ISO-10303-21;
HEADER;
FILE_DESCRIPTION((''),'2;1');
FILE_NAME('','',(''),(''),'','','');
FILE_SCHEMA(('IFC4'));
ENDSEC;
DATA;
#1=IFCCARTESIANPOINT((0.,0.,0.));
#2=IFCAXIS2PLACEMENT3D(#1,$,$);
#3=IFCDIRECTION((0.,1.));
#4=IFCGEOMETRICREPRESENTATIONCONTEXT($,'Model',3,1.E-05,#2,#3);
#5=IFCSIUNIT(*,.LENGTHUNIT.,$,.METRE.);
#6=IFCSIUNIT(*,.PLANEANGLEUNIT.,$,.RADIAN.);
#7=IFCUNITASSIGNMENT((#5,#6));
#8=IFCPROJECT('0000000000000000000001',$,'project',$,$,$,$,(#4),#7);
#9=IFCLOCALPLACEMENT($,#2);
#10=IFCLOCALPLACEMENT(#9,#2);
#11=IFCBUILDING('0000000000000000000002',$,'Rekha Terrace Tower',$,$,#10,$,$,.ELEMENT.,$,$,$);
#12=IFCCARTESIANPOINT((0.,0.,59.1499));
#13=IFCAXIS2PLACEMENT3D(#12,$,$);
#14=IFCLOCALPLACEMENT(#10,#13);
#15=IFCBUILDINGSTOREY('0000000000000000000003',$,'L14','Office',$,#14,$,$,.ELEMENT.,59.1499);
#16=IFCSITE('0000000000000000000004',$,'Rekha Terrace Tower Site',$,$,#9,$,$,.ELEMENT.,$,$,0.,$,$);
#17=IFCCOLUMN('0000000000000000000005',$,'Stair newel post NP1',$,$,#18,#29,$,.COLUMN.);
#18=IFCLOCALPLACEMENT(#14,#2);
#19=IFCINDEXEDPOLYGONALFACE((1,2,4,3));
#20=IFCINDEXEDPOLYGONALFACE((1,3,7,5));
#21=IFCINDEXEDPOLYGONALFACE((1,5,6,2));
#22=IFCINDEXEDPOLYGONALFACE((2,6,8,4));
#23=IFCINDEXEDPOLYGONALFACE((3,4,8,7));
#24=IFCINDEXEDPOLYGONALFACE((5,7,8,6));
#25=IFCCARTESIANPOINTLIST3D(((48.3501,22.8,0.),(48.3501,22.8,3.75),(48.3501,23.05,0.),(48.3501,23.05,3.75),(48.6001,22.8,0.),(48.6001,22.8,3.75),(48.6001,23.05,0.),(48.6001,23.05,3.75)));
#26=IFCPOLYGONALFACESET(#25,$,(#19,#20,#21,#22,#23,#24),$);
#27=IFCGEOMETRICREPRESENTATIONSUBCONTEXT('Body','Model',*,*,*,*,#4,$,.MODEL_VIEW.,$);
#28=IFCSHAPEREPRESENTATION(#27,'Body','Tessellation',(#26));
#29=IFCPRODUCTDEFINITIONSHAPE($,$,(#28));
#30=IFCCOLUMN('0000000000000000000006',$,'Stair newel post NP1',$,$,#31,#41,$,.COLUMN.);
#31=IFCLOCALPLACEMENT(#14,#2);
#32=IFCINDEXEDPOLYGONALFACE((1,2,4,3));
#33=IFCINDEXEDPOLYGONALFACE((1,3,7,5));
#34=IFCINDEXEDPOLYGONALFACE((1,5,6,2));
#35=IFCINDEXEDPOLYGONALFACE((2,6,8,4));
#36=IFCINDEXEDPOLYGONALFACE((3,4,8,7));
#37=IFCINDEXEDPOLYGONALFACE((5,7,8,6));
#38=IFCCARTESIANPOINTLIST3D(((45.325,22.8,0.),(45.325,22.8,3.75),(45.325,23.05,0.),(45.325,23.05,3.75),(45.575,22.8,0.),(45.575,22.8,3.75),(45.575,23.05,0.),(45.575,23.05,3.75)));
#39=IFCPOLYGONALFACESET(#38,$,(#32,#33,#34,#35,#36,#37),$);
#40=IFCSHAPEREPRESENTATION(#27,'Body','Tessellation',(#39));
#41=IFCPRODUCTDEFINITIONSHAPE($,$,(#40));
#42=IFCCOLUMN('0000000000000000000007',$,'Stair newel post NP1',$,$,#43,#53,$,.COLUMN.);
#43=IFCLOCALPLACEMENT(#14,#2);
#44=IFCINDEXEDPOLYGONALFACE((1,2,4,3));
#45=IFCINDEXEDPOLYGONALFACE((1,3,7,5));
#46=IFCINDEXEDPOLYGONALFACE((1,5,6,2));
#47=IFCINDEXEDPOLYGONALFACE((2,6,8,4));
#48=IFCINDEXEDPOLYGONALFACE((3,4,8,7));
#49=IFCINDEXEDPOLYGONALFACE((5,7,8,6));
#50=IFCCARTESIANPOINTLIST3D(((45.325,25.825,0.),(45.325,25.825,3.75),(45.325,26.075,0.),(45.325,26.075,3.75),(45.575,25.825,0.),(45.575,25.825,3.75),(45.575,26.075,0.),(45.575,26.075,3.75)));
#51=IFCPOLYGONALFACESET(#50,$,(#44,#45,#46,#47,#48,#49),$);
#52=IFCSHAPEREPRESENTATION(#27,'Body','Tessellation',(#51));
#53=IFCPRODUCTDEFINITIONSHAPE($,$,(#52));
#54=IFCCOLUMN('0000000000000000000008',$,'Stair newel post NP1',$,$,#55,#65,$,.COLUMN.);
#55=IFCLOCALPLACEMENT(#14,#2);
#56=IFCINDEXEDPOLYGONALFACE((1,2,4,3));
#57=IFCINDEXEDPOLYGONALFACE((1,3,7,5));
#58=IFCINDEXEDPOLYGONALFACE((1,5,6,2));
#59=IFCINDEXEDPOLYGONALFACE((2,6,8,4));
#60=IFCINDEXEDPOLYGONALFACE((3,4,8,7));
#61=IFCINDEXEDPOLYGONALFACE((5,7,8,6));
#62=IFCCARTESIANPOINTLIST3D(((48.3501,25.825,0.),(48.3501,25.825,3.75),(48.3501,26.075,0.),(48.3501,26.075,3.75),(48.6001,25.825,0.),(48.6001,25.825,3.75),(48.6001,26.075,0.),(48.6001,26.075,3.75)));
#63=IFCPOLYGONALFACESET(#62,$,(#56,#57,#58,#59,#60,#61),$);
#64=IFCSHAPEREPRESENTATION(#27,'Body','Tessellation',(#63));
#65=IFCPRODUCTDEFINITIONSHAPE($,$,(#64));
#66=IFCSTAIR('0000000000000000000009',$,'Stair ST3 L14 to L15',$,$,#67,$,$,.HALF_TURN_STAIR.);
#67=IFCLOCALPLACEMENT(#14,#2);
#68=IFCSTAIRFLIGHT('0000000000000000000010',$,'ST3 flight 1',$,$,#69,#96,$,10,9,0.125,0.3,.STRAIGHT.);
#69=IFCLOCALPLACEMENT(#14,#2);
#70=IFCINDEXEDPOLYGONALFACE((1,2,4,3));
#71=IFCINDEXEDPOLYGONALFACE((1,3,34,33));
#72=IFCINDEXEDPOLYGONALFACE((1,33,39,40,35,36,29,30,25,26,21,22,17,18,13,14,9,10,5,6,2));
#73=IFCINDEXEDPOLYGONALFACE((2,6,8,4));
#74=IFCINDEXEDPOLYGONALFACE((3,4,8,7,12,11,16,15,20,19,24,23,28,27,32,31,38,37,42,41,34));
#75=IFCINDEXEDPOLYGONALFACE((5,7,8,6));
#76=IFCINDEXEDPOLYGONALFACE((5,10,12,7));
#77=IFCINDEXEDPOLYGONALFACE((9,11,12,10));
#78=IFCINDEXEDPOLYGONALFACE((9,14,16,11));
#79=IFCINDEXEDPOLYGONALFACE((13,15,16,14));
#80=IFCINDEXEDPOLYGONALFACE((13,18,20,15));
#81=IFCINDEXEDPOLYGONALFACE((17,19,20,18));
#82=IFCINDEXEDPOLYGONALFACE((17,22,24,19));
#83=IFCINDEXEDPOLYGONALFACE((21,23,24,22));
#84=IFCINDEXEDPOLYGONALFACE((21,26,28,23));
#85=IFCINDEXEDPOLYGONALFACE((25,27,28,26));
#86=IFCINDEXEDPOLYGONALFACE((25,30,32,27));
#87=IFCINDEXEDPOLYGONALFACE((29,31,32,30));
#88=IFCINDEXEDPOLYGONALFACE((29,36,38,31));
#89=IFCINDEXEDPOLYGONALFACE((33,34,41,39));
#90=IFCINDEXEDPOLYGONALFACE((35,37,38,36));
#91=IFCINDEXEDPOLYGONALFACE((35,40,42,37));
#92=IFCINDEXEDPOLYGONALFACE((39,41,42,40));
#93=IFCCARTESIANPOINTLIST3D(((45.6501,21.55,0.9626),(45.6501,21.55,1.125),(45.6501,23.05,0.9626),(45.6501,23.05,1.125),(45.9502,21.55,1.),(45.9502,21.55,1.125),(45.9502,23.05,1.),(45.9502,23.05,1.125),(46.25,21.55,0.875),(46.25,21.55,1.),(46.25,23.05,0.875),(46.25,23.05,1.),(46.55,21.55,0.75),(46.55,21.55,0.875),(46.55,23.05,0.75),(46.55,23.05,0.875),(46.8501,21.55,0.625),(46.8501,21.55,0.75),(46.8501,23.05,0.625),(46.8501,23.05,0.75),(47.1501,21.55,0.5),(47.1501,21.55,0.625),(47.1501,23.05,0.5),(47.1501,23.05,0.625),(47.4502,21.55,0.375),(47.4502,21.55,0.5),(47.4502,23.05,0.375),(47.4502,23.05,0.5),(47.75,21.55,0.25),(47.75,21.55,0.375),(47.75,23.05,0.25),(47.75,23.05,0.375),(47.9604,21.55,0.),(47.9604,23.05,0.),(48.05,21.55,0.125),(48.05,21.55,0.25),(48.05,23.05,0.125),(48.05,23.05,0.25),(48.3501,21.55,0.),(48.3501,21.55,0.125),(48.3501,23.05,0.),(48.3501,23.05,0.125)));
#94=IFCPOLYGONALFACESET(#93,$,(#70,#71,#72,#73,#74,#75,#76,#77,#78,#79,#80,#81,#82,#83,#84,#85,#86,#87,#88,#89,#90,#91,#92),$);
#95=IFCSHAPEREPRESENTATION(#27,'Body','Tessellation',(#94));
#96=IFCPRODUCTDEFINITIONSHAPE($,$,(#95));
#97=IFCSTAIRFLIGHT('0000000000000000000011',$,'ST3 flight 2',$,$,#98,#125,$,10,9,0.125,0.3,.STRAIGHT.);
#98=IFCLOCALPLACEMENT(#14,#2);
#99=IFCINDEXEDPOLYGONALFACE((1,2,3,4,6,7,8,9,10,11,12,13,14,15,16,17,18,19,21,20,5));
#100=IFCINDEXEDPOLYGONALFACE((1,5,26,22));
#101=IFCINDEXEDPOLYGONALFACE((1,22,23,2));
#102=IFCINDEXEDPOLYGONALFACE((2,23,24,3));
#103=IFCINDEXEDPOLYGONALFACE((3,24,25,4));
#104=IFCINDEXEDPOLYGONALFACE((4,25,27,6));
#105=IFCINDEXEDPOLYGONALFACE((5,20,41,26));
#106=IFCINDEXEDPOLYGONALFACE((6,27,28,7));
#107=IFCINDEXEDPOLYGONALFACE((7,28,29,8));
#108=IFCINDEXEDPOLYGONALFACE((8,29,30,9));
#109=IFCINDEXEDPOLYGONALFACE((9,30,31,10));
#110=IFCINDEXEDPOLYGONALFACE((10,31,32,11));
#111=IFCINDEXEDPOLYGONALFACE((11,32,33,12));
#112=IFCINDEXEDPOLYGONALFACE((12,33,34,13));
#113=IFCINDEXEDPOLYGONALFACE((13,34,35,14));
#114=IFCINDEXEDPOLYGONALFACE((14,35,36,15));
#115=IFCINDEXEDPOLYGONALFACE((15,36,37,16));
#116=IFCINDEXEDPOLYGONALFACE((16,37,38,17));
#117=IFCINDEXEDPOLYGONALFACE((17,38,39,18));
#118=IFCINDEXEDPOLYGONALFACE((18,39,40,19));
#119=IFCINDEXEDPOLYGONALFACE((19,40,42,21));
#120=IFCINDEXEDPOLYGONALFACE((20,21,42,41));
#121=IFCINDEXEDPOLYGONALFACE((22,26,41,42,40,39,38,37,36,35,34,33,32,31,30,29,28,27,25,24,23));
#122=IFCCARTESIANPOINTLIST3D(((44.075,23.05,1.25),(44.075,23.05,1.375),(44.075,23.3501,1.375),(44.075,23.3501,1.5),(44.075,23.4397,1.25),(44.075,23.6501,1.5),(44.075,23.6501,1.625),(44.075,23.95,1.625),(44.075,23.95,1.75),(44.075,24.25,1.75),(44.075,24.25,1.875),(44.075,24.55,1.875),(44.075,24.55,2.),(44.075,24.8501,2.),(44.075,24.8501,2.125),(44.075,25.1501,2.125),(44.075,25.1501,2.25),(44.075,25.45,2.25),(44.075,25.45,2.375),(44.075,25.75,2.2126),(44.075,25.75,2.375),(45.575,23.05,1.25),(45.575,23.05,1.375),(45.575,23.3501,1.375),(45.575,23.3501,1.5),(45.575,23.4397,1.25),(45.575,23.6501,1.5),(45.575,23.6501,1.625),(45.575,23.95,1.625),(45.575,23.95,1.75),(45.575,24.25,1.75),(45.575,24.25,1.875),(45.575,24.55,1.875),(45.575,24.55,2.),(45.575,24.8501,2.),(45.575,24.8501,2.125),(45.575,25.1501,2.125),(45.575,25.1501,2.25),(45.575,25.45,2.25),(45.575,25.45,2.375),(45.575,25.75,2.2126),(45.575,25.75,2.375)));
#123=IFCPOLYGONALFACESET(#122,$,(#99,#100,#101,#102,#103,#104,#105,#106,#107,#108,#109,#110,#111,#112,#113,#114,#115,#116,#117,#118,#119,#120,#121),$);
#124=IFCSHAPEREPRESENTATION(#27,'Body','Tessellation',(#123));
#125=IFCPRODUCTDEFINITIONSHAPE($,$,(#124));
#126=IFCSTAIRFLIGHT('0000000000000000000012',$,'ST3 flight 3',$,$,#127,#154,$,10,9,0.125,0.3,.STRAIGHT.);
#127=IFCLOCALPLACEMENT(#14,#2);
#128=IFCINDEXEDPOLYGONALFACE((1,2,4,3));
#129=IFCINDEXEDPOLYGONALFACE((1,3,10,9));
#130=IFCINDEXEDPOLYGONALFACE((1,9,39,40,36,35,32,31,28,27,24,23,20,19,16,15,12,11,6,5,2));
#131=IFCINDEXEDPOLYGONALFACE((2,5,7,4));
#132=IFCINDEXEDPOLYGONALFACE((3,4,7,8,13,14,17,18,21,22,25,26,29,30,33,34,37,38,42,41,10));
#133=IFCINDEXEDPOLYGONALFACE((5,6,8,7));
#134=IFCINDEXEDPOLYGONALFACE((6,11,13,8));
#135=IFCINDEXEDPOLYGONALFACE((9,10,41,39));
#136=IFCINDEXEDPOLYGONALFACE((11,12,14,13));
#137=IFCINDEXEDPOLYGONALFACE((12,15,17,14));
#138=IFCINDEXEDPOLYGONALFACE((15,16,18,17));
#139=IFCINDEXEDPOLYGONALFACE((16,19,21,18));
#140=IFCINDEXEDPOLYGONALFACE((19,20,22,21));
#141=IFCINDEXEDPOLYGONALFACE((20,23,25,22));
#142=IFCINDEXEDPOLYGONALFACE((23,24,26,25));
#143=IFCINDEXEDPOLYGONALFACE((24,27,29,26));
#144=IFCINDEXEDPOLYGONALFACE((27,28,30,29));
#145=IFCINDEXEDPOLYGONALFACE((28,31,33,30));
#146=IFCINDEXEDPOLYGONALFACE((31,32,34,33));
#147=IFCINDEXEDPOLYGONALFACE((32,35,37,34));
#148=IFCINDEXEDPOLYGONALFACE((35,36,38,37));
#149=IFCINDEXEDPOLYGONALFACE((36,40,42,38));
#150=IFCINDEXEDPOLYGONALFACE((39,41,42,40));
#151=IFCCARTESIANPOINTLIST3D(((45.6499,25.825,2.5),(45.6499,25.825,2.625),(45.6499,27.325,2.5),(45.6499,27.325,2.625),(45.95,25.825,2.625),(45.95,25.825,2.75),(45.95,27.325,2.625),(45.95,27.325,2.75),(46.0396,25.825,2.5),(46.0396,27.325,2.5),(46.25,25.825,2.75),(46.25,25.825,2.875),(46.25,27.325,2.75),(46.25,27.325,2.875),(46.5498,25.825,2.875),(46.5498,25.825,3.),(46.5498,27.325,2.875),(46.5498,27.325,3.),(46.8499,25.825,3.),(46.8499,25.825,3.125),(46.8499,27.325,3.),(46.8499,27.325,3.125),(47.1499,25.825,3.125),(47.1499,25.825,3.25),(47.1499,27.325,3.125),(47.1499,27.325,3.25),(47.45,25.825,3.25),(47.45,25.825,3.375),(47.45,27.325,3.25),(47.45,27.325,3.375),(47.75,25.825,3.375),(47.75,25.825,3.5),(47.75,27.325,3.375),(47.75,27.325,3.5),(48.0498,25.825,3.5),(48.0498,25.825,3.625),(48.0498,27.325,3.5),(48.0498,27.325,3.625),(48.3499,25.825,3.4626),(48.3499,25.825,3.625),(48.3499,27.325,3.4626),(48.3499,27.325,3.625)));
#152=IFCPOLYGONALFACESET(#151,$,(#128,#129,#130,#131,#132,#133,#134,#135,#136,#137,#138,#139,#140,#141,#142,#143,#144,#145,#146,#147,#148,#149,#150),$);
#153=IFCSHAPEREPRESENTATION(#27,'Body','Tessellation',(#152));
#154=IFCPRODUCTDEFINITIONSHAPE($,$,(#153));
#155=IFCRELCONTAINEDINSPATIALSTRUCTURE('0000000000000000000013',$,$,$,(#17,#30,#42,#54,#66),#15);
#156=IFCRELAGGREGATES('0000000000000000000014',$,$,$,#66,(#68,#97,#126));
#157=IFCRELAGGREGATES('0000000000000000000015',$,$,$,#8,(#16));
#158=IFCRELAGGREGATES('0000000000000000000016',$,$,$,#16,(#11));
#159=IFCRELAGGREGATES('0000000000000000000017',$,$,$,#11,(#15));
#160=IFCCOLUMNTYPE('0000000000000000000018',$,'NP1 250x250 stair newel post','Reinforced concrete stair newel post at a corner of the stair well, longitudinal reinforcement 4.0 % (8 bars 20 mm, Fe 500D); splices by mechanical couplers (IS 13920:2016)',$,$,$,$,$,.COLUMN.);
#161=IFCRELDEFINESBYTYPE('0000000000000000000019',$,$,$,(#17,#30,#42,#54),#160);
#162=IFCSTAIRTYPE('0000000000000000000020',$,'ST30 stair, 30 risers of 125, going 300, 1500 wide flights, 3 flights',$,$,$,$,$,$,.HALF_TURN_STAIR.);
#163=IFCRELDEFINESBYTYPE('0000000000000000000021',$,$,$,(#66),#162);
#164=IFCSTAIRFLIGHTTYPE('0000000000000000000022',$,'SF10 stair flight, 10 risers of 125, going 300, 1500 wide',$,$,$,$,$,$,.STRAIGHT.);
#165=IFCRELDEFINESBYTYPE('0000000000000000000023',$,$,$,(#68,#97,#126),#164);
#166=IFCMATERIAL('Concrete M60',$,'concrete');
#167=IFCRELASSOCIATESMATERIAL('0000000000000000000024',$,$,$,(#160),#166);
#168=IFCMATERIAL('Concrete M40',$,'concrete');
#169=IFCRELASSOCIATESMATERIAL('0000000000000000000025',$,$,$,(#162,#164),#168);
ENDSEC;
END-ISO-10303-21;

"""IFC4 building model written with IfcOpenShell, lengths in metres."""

from ifc_helpers import new_model, si_unit, direction, frame, origin, origin_2d, place, context, subcontext, project, spatial, polyline, rectangle, outline, extrude, material, material_profile, profile_set, type_object, element, aggregate, save


model = new_model("IFC4")

# Units and contexts
model_context = context("Model", 3, precision=1e-05, world=origin(), true_north=direction((0.0, 1.0)))
body_context = subcontext(model_context, "Body", "Model", "MODEL_VIEW")
ifc_project = project(units=[si_unit("LENGTHUNIT", "METRE"), si_unit("PLANEANGLEUNIT", "RADIAN")], contexts=[model_context])

# Site, building, storey
site_placement = place(None, origin())
site = spatial("IfcSite", under=ifc_project, at=site_placement, Name="Rekha Terrace Tower Site", CompositionType="ELEMENT", RefElevation=0.0)
building_placement = place(site_placement, origin())
building = spatial("IfcBuilding", under=site, at=building_placement, Name="Rekha Terrace Tower", CompositionType="ELEMENT")
storey_placement = place(building_placement, frame((0.0, 0.0, 59.1499)))
storey = spatial("IfcBuildingStorey", under=building, at=storey_placement, Name="L14", Description="Office", CompositionType="ELEMENT", Elevation=59.1499)

# Columns
ifc_material_1 = material(Name="Concrete M60", Category="concrete")
ifc_material_profile = material_profile(ifc_material_1, rectangle(XDim=0.25, YDim=0.25, at=origin_2d()), Name="RC 250x250")
ifc_profile_set = profile_set([ifc_material_profile], Name="Concrete M60")
column_type = type_object("IfcColumnType", Name="NP1 250x250 stair newel post", Description="Reinforced concrete stair newel post at a corner of the stair well, longitudinal reinforcement 4.0 % (8 bars 20 mm, Fe 500D); splices by mechanical couplers (IS 13920:2016)", PredefinedType="COLUMN", material=ifc_profile_set)
for number, where, z_axis, x_axis, name in (
    (1, (48.4751, 22.925, 0.0), (0.0, 0.0, 1.0), (1.0, 0.0, 0.0), "Stair newel post NP1"),
    (2, (45.45, 22.925, 0.0), (0.0, 0.0, 1.0), (1.0, 0.0, 0.0), "Stair newel post NP1"),
    (3, (45.45, 25.95, 0.0), (0.0, 0.0, 1.0), (1.0, 0.0, 0.0), "Stair newel post NP1"),
    (4, (48.4751, 25.95, 0.0), (0.0, 0.0, 1.0), (1.0, 0.0, 0.0), "Stair newel post NP1"),
):
    element("IfcColumn", number, at=place(storey_placement, frame(where, z_axis=z_axis, x_axis=x_axis)), inside=storey, type_object=column_type, Name=name, PredefinedType="COLUMN", context=body_context, shape_type="SweptSolid", body=[
        extrude(rectangle(XDim=0.25, YDim=0.25, at=origin_2d()), origin(), (0.0, 0.0, 1.0), 3.75),
    ])

# Stair, stair flights
ifc_material_2 = material(Name="Concrete M40", Category="concrete")
stair_type = type_object("IfcStairType", Name="ST30 stair, 30 risers of 125, going 300, 1500 wide flights, 3 flights", PredefinedType="HALF_TURN_STAIR", material=ifc_material_2)
stair_placement = place(storey_placement, origin())
stair = element("IfcStair", 5, at=stair_placement, inside=storey, type_object=stair_type, Name="Stair ST3 L14 to L15", PredefinedType="HALF_TURN_STAIR")
stair_flight_type = type_object("IfcStairFlightType", Name="SF10 stair flight, 10 risers of 125, going 300, 1500 wide", PredefinedType="STRAIGHT", material=ifc_material_2)
stair_flight_1_placement = place(storey_placement, frame((48.3501, 22.3, 0.0), z_axis=(0.0, 0.0, 1.0), x_axis=(-1.0, 0.0, 0.0)))
stair_flight_1 = element("IfcStairFlight", 6, at=stair_flight_1_placement, type_object=stair_flight_type, Name="ST3 flight 1", NumberOfRisers=10, NumberOfTreads=9, PredefinedType="STRAIGHT", RiserHeight=0.125, TreadLength=0.3, context=body_context, shape_type="SweptSolid", body=[
    extrude(outline(polyline([(0.0, 0.0), (0.0, 0.125), (0.3, 0.125), (0.3, 0.25), (0.6001, 0.25), (0.6001, 0.375), (0.8999, 0.375), (0.8999, 0.5), (1.2, 0.5), (1.2, 0.625), (1.5, 0.625), (1.5, 0.75), (1.8, 0.75), (1.8, 0.875), (2.1001, 0.875), (2.1001, 1.0), (2.3999, 1.0), (2.3999, 1.125), (2.7, 1.125), (2.7, 1.25), (2.7, 0.9626), (0.3896, 0.0), (0.0, 0.0)])), frame((0.0, 0.75, 0.0), z_axis=(0.0, -1.0, 0.0), x_axis=(1.0, 0.0, 0.0)), (0.0, 0.0, 1.0), 1.5),
])
stair_flight_2_placement = place(storey_placement, frame((44.825, 23.05, 1.25), z_axis=(0.0, 0.0, 1.0), x_axis=(0.0, 1.0, 0.0)))
stair_flight_2 = element("IfcStairFlight", 7, at=stair_flight_2_placement, type_object=stair_flight_type, Name="ST3 flight 2", NumberOfRisers=10, NumberOfTreads=9, PredefinedType="STRAIGHT", RiserHeight=0.125, TreadLength=0.3, context=body_context, shape_type="SweptSolid", body=[
    extrude(outline(polyline([(0.0, 0.0), (0.0, 0.125), (0.3, 0.125), (0.3, 0.25), (0.6001, 0.25), (0.6001, 0.375), (0.8999, 0.375), (0.8999, 0.5), (1.2, 0.5), (1.2, 0.625), (1.5, 0.625), (1.5, 0.75), (1.8, 0.75), (1.8, 0.875), (2.1001, 0.875), (2.1001, 1.0), (2.3999, 1.0), (2.3999, 1.125), (2.7, 1.125), (2.7, 1.25), (2.7, 0.9626), (0.3896, 0.0), (0.0, 0.0)])), frame((0.0, 0.75, 0.0), z_axis=(0.0, -1.0, 0.0), x_axis=(1.0, 0.0, 0.0)), (0.0, 0.0, 1.0), 1.5),
])
stair_flight_3_placement = place(storey_placement, frame((45.6499, 26.575, 2.5), z_axis=(0.0, 0.0, 1.0), x_axis=(1.0, 0.0, 0.0)))
stair_flight_3 = element("IfcStairFlight", 8, at=stair_flight_3_placement, type_object=stair_flight_type, Name="ST3 flight 3", NumberOfRisers=10, NumberOfTreads=9, PredefinedType="STRAIGHT", RiserHeight=0.125, TreadLength=0.3, context=body_context, shape_type="SweptSolid", body=[
    extrude(outline(polyline([(0.0, 0.0), (0.0, 0.125), (0.3, 0.125), (0.3, 0.25), (0.6001, 0.25), (0.6001, 0.375), (0.8999, 0.375), (0.8999, 0.5), (1.2, 0.5), (1.2, 0.625), (1.5, 0.625), (1.5, 0.75), (1.8, 0.75), (1.8, 0.875), (2.1001, 0.875), (2.1001, 1.0), (2.3999, 1.0), (2.3999, 1.125), (2.7, 1.125), (2.7, 1.25), (2.7, 0.9626), (0.3896, 0.0), (0.0, 0.0)])), frame((0.0, 0.75, 0.0), z_axis=(0.0, -1.0, 0.0), x_axis=(1.0, 0.0, 0.0)), (0.0, 0.0, 1.0), 1.5),
])
aggregate(stair, [stair_flight_1, stair_flight_2, stair_flight_3])

save(model, "model.ifc")
